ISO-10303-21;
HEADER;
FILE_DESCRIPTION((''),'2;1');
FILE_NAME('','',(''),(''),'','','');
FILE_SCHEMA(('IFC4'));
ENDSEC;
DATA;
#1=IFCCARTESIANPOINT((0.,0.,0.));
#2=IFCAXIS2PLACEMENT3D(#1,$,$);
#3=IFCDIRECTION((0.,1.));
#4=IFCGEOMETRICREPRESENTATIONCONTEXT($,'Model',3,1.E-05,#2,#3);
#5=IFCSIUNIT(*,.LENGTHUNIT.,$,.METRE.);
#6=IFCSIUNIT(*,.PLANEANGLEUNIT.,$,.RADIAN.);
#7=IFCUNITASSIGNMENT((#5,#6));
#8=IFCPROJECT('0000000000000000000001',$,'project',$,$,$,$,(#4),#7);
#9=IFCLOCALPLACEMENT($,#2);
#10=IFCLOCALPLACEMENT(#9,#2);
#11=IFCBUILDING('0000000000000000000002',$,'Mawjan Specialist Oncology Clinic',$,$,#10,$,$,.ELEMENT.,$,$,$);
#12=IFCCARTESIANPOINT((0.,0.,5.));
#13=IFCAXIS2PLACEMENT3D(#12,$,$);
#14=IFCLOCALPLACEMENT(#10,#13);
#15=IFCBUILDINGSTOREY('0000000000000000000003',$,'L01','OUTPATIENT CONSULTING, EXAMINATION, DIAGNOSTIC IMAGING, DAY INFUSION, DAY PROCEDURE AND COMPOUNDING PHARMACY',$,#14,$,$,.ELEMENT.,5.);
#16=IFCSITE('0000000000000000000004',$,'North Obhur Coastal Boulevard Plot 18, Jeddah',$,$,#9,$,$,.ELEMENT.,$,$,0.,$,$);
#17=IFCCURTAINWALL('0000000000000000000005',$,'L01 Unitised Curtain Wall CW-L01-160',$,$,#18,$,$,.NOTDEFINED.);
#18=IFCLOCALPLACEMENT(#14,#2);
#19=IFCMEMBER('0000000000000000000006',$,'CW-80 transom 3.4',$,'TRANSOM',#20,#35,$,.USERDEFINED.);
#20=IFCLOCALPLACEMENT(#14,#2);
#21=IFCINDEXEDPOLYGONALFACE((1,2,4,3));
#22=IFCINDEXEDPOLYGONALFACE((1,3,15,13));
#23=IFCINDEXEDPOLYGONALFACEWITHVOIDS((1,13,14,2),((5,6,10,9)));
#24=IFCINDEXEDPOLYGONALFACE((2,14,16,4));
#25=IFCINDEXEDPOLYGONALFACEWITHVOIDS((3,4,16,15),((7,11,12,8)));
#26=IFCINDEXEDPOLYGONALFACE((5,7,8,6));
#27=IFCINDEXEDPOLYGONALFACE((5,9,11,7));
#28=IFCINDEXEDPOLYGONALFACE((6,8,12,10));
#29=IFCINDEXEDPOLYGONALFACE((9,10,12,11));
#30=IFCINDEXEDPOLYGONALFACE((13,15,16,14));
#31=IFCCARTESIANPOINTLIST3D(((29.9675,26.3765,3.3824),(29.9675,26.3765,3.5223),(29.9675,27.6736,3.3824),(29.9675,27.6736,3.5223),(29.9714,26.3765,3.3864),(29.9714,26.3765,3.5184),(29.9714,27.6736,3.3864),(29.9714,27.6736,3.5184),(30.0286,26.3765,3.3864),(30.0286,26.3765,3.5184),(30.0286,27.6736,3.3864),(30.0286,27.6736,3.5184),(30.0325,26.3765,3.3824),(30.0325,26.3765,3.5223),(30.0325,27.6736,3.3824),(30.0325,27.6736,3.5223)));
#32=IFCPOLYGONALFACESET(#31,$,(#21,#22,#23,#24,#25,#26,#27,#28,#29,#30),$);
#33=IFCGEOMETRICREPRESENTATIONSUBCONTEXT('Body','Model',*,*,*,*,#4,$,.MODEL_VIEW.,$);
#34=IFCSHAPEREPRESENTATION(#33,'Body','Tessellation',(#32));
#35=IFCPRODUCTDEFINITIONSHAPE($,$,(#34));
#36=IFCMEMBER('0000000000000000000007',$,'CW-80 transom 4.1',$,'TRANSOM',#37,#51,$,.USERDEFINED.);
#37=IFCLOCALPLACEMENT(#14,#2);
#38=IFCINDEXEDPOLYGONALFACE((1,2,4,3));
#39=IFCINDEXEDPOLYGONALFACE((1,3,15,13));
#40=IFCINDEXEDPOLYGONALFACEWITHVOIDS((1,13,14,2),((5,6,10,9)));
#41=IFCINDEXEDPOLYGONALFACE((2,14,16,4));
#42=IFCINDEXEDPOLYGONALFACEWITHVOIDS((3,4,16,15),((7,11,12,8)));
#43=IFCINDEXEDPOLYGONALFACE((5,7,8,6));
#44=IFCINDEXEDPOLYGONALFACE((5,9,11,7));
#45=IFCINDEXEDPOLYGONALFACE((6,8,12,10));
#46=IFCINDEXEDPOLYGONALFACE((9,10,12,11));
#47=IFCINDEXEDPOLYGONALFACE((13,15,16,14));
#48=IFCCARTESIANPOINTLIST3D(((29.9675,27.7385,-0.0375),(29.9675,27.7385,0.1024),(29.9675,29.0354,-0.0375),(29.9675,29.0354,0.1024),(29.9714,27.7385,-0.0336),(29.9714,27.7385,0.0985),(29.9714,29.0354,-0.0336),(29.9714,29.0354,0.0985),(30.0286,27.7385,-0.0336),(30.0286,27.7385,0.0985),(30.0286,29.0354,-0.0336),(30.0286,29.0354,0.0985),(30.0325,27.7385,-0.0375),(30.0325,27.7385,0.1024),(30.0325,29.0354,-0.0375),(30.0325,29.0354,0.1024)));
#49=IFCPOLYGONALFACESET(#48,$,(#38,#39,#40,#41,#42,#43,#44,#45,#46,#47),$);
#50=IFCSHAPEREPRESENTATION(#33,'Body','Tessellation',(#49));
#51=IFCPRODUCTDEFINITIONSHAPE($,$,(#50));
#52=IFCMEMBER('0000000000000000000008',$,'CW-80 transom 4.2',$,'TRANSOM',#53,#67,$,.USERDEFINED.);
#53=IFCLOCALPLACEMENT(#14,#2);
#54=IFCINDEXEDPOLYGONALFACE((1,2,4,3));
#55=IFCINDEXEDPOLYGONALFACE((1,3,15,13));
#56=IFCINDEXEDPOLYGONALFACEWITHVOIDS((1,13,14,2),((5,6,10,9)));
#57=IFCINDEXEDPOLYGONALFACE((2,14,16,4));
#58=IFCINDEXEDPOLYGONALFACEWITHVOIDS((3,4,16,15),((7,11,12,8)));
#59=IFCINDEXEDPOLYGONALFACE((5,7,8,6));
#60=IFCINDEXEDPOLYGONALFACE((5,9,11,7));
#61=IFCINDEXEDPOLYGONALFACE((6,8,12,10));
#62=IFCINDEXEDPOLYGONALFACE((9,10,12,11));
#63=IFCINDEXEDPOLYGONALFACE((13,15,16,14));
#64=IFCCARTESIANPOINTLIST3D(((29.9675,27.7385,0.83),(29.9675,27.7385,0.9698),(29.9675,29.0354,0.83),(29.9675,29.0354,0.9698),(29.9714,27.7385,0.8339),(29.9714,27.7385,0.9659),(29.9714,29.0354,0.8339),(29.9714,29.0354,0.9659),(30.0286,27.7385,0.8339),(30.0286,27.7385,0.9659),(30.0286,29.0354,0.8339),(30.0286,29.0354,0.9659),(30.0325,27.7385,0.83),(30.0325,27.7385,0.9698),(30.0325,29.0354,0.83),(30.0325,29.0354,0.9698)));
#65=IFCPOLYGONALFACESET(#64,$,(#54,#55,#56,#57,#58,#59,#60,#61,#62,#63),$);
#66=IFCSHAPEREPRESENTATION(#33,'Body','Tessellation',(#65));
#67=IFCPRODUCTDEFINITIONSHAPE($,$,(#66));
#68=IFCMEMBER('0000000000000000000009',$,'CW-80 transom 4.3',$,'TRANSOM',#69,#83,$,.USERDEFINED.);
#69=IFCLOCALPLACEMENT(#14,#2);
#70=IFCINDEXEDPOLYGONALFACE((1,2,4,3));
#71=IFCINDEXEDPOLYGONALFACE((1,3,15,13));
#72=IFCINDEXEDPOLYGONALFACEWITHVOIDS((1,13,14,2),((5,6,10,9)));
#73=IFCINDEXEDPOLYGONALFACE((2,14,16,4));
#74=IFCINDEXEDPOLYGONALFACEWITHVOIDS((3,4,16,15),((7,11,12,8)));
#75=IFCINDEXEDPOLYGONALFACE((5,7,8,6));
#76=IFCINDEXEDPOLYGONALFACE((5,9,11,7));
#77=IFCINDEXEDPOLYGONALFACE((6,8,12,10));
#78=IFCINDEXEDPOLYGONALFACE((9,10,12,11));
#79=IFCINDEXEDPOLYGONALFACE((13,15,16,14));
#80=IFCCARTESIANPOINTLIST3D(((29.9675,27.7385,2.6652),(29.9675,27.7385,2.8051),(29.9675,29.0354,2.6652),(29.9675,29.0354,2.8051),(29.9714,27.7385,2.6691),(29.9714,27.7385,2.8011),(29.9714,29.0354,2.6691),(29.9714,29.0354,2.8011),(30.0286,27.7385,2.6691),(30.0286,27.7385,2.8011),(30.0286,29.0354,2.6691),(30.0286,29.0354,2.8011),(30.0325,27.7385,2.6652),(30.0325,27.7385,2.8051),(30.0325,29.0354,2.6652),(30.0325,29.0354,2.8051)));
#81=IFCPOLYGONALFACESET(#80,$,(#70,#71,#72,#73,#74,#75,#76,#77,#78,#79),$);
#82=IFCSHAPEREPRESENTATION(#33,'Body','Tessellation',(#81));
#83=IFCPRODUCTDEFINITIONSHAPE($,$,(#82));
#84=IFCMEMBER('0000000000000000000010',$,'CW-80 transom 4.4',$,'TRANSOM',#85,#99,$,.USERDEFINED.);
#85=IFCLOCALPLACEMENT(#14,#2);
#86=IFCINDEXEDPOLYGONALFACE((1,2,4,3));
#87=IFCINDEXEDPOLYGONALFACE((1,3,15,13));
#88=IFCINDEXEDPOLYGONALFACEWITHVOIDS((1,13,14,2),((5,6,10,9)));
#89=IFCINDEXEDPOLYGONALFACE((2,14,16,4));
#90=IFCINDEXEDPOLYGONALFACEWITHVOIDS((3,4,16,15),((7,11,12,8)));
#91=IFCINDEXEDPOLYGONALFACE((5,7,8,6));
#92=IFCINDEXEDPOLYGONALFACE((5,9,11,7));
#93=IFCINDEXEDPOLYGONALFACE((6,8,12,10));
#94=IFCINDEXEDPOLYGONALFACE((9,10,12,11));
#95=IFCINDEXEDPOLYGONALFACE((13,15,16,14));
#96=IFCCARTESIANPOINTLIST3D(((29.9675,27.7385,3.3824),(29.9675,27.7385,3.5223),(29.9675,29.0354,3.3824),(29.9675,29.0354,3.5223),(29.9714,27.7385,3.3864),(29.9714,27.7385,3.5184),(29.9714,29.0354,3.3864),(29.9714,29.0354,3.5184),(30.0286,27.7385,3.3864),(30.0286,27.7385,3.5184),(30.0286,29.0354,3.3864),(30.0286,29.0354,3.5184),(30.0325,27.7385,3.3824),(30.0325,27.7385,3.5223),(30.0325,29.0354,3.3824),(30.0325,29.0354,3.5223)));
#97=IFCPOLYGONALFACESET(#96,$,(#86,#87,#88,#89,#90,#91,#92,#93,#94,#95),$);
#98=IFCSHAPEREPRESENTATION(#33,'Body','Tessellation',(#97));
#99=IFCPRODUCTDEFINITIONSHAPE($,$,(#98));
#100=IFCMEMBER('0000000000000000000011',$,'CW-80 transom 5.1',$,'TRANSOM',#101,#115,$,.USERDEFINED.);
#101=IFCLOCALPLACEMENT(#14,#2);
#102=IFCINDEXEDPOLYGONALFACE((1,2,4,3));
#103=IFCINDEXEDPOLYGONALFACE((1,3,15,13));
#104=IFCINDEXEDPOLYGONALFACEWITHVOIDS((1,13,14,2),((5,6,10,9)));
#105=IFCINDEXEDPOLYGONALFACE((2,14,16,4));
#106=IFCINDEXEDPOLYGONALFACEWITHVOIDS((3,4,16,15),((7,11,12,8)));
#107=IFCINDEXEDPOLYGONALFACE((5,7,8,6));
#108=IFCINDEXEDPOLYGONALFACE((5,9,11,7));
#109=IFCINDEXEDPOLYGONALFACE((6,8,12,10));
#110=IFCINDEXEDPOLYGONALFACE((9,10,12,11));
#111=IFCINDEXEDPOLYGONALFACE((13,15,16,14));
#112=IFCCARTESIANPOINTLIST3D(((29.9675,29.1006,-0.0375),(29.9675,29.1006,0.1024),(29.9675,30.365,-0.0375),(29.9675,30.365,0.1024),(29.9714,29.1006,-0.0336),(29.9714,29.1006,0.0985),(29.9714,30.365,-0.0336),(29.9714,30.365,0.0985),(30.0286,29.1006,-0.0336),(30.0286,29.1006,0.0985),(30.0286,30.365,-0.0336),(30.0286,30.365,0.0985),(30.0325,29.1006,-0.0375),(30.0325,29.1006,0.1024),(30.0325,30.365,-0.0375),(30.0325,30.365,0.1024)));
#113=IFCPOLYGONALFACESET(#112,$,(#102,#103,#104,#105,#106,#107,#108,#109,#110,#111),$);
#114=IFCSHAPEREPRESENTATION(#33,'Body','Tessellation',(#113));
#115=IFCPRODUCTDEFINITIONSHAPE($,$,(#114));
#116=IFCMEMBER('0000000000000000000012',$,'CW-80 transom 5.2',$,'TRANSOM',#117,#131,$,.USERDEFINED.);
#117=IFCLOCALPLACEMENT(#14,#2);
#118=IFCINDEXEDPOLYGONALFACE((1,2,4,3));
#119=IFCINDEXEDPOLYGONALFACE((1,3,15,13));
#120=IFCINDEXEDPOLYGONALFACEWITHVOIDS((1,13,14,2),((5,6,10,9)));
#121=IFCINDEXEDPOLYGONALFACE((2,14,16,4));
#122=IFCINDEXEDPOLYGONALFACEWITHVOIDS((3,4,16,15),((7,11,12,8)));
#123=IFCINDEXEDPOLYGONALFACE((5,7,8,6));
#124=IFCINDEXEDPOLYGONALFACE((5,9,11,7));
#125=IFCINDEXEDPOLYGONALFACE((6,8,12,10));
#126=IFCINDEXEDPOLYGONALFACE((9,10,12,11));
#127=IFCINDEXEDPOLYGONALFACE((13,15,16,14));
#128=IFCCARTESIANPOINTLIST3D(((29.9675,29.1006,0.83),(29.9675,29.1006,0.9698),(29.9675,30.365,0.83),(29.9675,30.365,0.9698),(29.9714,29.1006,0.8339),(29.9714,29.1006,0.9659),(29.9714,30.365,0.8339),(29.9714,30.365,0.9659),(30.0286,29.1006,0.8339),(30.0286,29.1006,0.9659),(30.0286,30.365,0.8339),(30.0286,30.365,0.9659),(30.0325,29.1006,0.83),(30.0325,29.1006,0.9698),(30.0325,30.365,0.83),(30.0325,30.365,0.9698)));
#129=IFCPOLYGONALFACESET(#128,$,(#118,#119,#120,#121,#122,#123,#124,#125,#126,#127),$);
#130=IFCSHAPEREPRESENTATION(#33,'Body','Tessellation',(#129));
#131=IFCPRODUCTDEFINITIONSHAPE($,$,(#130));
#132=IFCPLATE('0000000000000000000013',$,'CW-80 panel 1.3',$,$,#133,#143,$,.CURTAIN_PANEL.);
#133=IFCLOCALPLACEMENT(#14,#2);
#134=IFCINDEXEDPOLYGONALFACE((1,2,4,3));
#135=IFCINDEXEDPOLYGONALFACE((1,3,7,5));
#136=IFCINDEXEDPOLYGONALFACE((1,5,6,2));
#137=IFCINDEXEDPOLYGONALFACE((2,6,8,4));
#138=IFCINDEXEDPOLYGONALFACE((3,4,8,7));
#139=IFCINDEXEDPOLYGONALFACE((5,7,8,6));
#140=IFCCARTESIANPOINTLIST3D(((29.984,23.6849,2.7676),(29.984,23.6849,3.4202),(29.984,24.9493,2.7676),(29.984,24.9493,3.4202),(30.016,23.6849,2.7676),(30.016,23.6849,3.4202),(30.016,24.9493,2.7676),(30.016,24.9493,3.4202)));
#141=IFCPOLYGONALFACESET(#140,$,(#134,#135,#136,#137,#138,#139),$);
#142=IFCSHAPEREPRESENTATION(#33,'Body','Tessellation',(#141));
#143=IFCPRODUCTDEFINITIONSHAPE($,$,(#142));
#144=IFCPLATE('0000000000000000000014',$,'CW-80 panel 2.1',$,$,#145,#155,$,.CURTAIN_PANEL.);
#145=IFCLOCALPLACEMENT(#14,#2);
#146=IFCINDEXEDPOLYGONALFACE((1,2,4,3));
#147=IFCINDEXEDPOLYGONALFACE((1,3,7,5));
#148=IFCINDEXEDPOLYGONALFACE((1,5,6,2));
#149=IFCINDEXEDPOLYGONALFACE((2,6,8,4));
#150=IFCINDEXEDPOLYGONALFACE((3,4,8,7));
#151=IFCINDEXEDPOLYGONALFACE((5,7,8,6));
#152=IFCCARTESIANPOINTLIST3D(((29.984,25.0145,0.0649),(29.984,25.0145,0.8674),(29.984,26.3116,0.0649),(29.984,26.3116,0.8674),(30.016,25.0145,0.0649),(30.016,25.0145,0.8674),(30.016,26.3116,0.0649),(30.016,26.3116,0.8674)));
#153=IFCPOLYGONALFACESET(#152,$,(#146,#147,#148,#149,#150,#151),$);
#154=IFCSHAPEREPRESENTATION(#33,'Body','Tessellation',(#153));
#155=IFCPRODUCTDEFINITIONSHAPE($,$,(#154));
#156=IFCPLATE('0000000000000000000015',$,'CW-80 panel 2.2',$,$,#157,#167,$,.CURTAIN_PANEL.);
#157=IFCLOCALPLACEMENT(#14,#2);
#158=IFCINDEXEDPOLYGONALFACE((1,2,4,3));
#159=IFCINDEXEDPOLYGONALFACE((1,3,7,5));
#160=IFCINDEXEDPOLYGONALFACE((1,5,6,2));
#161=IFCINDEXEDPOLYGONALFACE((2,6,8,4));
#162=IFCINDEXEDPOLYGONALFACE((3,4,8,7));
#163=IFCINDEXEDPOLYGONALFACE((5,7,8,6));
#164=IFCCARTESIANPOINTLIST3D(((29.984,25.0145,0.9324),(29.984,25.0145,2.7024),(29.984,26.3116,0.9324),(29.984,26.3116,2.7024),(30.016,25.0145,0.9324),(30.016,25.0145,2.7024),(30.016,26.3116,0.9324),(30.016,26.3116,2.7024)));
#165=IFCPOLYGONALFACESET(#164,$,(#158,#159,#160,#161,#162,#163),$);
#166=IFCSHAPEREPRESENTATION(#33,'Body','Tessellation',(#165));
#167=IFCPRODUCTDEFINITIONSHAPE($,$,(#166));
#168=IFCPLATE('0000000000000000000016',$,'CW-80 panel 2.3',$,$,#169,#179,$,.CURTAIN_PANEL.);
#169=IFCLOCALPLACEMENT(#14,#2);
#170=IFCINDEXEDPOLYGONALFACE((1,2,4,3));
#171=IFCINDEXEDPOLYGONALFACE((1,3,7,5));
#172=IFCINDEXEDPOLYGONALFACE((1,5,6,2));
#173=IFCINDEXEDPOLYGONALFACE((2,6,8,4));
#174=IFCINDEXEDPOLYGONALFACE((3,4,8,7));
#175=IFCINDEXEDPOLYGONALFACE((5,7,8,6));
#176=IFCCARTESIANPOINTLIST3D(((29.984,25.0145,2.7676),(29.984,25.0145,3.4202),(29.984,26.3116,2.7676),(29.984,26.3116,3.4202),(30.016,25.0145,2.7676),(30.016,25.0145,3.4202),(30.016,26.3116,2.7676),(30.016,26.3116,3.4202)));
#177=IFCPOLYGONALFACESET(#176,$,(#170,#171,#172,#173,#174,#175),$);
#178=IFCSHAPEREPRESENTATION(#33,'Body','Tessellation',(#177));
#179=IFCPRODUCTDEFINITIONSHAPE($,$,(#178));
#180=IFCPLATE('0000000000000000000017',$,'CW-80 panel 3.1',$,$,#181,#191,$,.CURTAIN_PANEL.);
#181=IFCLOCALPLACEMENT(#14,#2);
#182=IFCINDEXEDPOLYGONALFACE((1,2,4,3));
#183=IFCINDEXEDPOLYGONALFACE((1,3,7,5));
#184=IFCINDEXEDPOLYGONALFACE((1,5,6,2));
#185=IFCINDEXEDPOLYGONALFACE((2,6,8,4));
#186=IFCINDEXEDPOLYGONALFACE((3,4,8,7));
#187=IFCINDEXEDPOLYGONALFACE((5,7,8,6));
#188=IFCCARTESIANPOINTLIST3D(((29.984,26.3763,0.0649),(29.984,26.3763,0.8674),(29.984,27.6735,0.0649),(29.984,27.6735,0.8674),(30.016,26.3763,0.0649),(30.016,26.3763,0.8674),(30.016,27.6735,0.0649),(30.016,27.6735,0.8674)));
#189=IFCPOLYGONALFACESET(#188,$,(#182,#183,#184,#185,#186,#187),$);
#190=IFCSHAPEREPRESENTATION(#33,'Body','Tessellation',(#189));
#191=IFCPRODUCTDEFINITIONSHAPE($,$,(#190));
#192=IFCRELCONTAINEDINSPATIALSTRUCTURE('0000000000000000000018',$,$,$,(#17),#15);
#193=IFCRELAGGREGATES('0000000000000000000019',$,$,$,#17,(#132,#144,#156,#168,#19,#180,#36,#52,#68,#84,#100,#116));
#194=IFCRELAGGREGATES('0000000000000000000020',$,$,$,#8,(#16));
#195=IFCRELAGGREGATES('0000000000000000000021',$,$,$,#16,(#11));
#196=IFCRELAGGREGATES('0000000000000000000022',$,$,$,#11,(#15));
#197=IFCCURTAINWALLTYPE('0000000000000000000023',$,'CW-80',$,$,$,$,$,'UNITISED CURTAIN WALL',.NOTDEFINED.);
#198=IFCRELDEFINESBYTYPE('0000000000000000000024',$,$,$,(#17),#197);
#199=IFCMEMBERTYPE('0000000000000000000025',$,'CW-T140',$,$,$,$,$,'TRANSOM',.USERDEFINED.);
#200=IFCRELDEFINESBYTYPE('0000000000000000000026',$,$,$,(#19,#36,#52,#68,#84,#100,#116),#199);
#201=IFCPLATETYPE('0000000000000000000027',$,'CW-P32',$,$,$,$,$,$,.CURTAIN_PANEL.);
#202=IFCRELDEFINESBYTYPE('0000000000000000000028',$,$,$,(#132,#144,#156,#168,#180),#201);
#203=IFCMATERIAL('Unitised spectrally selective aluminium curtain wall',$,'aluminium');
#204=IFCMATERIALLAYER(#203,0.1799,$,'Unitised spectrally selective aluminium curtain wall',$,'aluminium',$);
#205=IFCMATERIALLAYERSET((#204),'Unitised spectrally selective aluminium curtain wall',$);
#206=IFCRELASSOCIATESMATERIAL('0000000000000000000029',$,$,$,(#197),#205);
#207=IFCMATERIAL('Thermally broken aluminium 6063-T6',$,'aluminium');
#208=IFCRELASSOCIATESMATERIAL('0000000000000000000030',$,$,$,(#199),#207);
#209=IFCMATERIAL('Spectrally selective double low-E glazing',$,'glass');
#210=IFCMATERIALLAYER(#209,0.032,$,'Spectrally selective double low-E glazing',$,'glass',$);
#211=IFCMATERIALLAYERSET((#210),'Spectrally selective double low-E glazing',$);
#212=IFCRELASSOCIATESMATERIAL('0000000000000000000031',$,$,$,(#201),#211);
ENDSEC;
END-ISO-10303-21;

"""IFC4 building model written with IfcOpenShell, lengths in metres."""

from ifc_helpers import new_model, si_unit, direction, frame, origin, origin_2d, place, context, subcontext, project, spatial, rectangle, hollow_rectangle, extrude, material, layer, layer_set, material_profile, profile_set, type_object, element, aggregate, save


model = new_model("IFC4")

# Units and contexts
model_context = context("Model", 3, precision=1e-05, world=origin(), true_north=direction((0.0, 1.0)))
body_context = subcontext(model_context, "Body", "Model", "MODEL_VIEW")
ifc_project = project(units=[si_unit("LENGTHUNIT", "METRE"), si_unit("PLANEANGLEUNIT", "RADIAN")], contexts=[model_context])

# Site, building, storey
site_placement = place(None, origin())
site = spatial("IfcSite", under=ifc_project, at=site_placement, Name="North Obhur Coastal Boulevard Plot 18, Jeddah", CompositionType="ELEMENT", RefElevation=0.0)
building_placement = place(site_placement, origin())
building = spatial("IfcBuilding", under=site, at=building_placement, Name="Mawjan Specialist Oncology Clinic", CompositionType="ELEMENT")
storey_placement = place(building_placement, frame((0.0, 0.0, 5.0)))
storey = spatial("IfcBuildingStorey", under=building, at=storey_placement, Name="L01", Description="OUTPATIENT CONSULTING, EXAMINATION, DIAGNOSTIC IMAGING, DAY INFUSION, DAY PROCEDURE AND COMPOUNDING PHARMACY", CompositionType="ELEMENT", Elevation=5.0)

# Curtain wall, members, plates
ifc_material_1 = material(Name="Unitised spectrally selective aluminium curtain wall", Category="aluminium")
ifc_layer_1 = layer(ifc_material_1, 0.1799, Name="Unitised spectrally selective aluminium curtain wall", Category="aluminium")
ifc_layer_set_1 = layer_set([ifc_layer_1], Name="Unitised spectrally selective aluminium curtain wall")
curtain_wall_type = type_object("IfcCurtainWallType", Name="CW-80", ElementType="UNITISED CURTAIN WALL", PredefinedType="NOTDEFINED", material=ifc_layer_set_1)
curtain_wall_placement = place(storey_placement, origin())
curtain_wall = element("IfcCurtainWall", 1, at=curtain_wall_placement, inside=storey, type_object=curtain_wall_type, Name="L01 Unitised Curtain Wall CW-L01-160", PredefinedType="NOTDEFINED")
ifc_material_2 = material(Name="Thermally broken aluminium 6063-T6", Category="aluminium")
ifc_material_profile_1 = material_profile(ifc_material_2, hollow_rectangle(XDim=0.0649, YDim=0.1399, WallThickness=0.0039, at=origin_2d()), Name="ALU TRANSOM 140x65x4", Category="aluminium")
ifc_profile_set_1 = profile_set([ifc_material_profile_1], Name="Thermally broken aluminium 6063-T6")
member_type_1 = type_object("IfcMemberType", Name="CW-T140", ElementType="TRANSOM", PredefinedType="USERDEFINED", material=ifc_profile_set_1)
member_1_placement = place(storey_placement, frame((30.0, 26.3765, 3.4524), z_axis=(0.0, 1.0, 0.0), x_axis=(-1.0, 0.0, 0.0)))
member_1 = element("IfcMember", 2, at=member_1_placement, type_object=member_type_1, Name="CW-80 transom 3.4", ObjectType="TRANSOM", PredefinedType="USERDEFINED", context=body_context, shape_type="SweptSolid", body=[
    extrude(hollow_rectangle(XDim=0.0649, YDim=0.1399, WallThickness=0.0039, at=origin_2d()), origin(), (0.0, 0.0, 1.0), 1.2971),
])
member_2_placement = place(storey_placement, frame((30.0, 27.7385, 0.0325), z_axis=(0.0, 1.0, 0.0), x_axis=(-1.0, 0.0, 0.0)))
member_2 = element("IfcMember", 3, at=member_2_placement, type_object=member_type_1, Name="CW-80 transom 4.1", ObjectType="TRANSOM", PredefinedType="USERDEFINED", context=body_context, shape_type="SweptSolid", body=[
    extrude(hollow_rectangle(XDim=0.0649, YDim=0.1399, WallThickness=0.0039, at=origin_2d()), origin(), (0.0, 0.0, 1.0), 1.2969),
])
member_3_placement = place(storey_placement, frame((30.0, 27.7385, 0.8999), z_axis=(0.0, 1.0, 0.0), x_axis=(-1.0, 0.0, 0.0)))
member_3 = element("IfcMember", 4, at=member_3_placement, type_object=member_type_1, Name="CW-80 transom 4.2", ObjectType="TRANSOM", PredefinedType="USERDEFINED", context=body_context, shape_type="SweptSolid", body=[
    extrude(hollow_rectangle(XDim=0.0649, YDim=0.1399, WallThickness=0.0039, at=origin_2d()), origin(), (0.0, 0.0, 1.0), 1.2969),
])
member_4_placement = place(storey_placement, frame((30.0, 27.7385, 2.7351), z_axis=(0.0, 1.0, 0.0), x_axis=(-1.0, 0.0, 0.0)))
member_4 = element("IfcMember", 5, at=member_4_placement, type_object=member_type_1, Name="CW-80 transom 4.3", ObjectType="TRANSOM", PredefinedType="USERDEFINED", context=body_context, shape_type="SweptSolid", body=[
    extrude(hollow_rectangle(XDim=0.0649, YDim=0.1399, WallThickness=0.0039, at=origin_2d()), origin(), (0.0, 0.0, 1.0), 1.2969),
])
member_5_placement = place(storey_placement, frame((30.0, 27.7385, 3.4524), z_axis=(0.0, 1.0, 0.0), x_axis=(-1.0, 0.0, 0.0)))
member_5 = element("IfcMember", 6, at=member_5_placement, type_object=member_type_1, Name="CW-80 transom 4.4", ObjectType="TRANSOM", PredefinedType="USERDEFINED", context=body_context, shape_type="SweptSolid", body=[
    extrude(hollow_rectangle(XDim=0.0649, YDim=0.1399, WallThickness=0.0039, at=origin_2d()), origin(), (0.0, 0.0, 1.0), 1.2969),
])
member_6_placement = place(storey_placement, frame((30.0, 29.1006, 0.0325), z_axis=(0.0, 1.0, 0.0), x_axis=(-1.0, 0.0, 0.0)))
member_6 = element("IfcMember", 7, at=member_6_placement, type_object=member_type_1, Name="CW-80 transom 5.1", ObjectType="TRANSOM", PredefinedType="USERDEFINED", context=body_context, shape_type="SweptSolid", body=[
    extrude(hollow_rectangle(XDim=0.0649, YDim=0.1399, WallThickness=0.0039, at=origin_2d()), origin(), (0.0, 0.0, 1.0), 1.2644),
])
member_7_placement = place(storey_placement, frame((30.0, 29.1006, 0.8999), z_axis=(0.0, 1.0, 0.0), x_axis=(-1.0, 0.0, 0.0)))
member_7 = element("IfcMember", 8, at=member_7_placement, type_object=member_type_1, Name="CW-80 transom 5.2", ObjectType="TRANSOM", PredefinedType="USERDEFINED", context=body_context, shape_type="SweptSolid", body=[
    extrude(hollow_rectangle(XDim=0.0649, YDim=0.1399, WallThickness=0.0039, at=origin_2d()), origin(), (0.0, 0.0, 1.0), 1.2644),
])
ifc_material_3 = material(Name="Spectrally selective double low-E glazing", Category="glass")
ifc_layer_2 = layer(ifc_material_3, 0.032, Name="Spectrally selective double low-E glazing", Category="glass")
ifc_layer_set_2 = layer_set([ifc_layer_2], Name="Spectrally selective double low-E glazing")
plate_type = type_object("IfcPlateType", Name="CW-P32", PredefinedType="CURTAIN_PANEL", material=ifc_layer_set_2)
plate_1_placement = place(storey_placement, frame((30.0, 24.3171, 2.7676), z_axis=(0.0, 0.0, 1.0), x_axis=(0.0, 1.0, 0.0)))
plate_1 = element("IfcPlate", 9, at=plate_1_placement, type_object=plate_type, Name="CW-80 panel 1.3", PredefinedType="CURTAIN_PANEL", context=body_context, shape_type="SweptSolid", body=[
    extrude(rectangle(XDim=1.2644, YDim=0.032, at=origin_2d()), origin(), (0.0, 0.0, 1.0), 0.6526),
])
plate_2_placement = place(storey_placement, frame((30.0, 25.6631, 0.0649), z_axis=(0.0, 0.0, 1.0), x_axis=(0.0, 1.0, 0.0)))
plate_2 = element("IfcPlate", 10, at=plate_2_placement, type_object=plate_type, Name="CW-80 panel 2.1", PredefinedType="CURTAIN_PANEL", context=body_context, shape_type="SweptSolid", body=[
    extrude(rectangle(XDim=1.2971, YDim=0.032, at=origin_2d()), origin(), (0.0, 0.0, 1.0), 0.8025),
])
plate_3_placement = place(storey_placement, frame((30.0, 25.6631, 0.9324), z_axis=(0.0, 0.0, 1.0), x_axis=(0.0, 1.0, 0.0)))
plate_3 = element("IfcPlate", 11, at=plate_3_placement, type_object=plate_type, Name="CW-80 panel 2.2", PredefinedType="CURTAIN_PANEL", context=body_context, shape_type="SweptSolid", body=[
    extrude(rectangle(XDim=1.2971, YDim=0.032, at=origin_2d()), origin(), (0.0, 0.0, 1.0), 1.77),
])
plate_4_placement = place(storey_placement, frame((30.0, 25.6631, 2.7676), z_axis=(0.0, 0.0, 1.0), x_axis=(0.0, 1.0, 0.0)))
plate_4 = element("IfcPlate", 12, at=plate_4_placement, type_object=plate_type, Name="CW-80 panel 2.3", PredefinedType="CURTAIN_PANEL", context=body_context, shape_type="SweptSolid", body=[
    extrude(rectangle(XDim=1.2971, YDim=0.032, at=origin_2d()), origin(), (0.0, 0.0, 1.0), 0.6526),
])
plate_5_placement = place(storey_placement, frame((30.0, 27.0249, 0.0649), z_axis=(0.0, 0.0, 1.0), x_axis=(0.0, 1.0, 0.0)))
plate_5 = element("IfcPlate", 13, at=plate_5_placement, type_object=plate_type, Name="CW-80 panel 3.1", PredefinedType="CURTAIN_PANEL", context=body_context, shape_type="SweptSolid", body=[
    extrude(rectangle(XDim=1.2971, YDim=0.032, at=origin_2d()), origin(), (0.0, 0.0, 1.0), 0.8025),
])
aggregate(curtain_wall, [plate_1, plate_2, plate_3, plate_4, member_1, plate_5, member_2, member_3, member_4, member_5, member_6, member_7])

save(model, "model.ifc")
